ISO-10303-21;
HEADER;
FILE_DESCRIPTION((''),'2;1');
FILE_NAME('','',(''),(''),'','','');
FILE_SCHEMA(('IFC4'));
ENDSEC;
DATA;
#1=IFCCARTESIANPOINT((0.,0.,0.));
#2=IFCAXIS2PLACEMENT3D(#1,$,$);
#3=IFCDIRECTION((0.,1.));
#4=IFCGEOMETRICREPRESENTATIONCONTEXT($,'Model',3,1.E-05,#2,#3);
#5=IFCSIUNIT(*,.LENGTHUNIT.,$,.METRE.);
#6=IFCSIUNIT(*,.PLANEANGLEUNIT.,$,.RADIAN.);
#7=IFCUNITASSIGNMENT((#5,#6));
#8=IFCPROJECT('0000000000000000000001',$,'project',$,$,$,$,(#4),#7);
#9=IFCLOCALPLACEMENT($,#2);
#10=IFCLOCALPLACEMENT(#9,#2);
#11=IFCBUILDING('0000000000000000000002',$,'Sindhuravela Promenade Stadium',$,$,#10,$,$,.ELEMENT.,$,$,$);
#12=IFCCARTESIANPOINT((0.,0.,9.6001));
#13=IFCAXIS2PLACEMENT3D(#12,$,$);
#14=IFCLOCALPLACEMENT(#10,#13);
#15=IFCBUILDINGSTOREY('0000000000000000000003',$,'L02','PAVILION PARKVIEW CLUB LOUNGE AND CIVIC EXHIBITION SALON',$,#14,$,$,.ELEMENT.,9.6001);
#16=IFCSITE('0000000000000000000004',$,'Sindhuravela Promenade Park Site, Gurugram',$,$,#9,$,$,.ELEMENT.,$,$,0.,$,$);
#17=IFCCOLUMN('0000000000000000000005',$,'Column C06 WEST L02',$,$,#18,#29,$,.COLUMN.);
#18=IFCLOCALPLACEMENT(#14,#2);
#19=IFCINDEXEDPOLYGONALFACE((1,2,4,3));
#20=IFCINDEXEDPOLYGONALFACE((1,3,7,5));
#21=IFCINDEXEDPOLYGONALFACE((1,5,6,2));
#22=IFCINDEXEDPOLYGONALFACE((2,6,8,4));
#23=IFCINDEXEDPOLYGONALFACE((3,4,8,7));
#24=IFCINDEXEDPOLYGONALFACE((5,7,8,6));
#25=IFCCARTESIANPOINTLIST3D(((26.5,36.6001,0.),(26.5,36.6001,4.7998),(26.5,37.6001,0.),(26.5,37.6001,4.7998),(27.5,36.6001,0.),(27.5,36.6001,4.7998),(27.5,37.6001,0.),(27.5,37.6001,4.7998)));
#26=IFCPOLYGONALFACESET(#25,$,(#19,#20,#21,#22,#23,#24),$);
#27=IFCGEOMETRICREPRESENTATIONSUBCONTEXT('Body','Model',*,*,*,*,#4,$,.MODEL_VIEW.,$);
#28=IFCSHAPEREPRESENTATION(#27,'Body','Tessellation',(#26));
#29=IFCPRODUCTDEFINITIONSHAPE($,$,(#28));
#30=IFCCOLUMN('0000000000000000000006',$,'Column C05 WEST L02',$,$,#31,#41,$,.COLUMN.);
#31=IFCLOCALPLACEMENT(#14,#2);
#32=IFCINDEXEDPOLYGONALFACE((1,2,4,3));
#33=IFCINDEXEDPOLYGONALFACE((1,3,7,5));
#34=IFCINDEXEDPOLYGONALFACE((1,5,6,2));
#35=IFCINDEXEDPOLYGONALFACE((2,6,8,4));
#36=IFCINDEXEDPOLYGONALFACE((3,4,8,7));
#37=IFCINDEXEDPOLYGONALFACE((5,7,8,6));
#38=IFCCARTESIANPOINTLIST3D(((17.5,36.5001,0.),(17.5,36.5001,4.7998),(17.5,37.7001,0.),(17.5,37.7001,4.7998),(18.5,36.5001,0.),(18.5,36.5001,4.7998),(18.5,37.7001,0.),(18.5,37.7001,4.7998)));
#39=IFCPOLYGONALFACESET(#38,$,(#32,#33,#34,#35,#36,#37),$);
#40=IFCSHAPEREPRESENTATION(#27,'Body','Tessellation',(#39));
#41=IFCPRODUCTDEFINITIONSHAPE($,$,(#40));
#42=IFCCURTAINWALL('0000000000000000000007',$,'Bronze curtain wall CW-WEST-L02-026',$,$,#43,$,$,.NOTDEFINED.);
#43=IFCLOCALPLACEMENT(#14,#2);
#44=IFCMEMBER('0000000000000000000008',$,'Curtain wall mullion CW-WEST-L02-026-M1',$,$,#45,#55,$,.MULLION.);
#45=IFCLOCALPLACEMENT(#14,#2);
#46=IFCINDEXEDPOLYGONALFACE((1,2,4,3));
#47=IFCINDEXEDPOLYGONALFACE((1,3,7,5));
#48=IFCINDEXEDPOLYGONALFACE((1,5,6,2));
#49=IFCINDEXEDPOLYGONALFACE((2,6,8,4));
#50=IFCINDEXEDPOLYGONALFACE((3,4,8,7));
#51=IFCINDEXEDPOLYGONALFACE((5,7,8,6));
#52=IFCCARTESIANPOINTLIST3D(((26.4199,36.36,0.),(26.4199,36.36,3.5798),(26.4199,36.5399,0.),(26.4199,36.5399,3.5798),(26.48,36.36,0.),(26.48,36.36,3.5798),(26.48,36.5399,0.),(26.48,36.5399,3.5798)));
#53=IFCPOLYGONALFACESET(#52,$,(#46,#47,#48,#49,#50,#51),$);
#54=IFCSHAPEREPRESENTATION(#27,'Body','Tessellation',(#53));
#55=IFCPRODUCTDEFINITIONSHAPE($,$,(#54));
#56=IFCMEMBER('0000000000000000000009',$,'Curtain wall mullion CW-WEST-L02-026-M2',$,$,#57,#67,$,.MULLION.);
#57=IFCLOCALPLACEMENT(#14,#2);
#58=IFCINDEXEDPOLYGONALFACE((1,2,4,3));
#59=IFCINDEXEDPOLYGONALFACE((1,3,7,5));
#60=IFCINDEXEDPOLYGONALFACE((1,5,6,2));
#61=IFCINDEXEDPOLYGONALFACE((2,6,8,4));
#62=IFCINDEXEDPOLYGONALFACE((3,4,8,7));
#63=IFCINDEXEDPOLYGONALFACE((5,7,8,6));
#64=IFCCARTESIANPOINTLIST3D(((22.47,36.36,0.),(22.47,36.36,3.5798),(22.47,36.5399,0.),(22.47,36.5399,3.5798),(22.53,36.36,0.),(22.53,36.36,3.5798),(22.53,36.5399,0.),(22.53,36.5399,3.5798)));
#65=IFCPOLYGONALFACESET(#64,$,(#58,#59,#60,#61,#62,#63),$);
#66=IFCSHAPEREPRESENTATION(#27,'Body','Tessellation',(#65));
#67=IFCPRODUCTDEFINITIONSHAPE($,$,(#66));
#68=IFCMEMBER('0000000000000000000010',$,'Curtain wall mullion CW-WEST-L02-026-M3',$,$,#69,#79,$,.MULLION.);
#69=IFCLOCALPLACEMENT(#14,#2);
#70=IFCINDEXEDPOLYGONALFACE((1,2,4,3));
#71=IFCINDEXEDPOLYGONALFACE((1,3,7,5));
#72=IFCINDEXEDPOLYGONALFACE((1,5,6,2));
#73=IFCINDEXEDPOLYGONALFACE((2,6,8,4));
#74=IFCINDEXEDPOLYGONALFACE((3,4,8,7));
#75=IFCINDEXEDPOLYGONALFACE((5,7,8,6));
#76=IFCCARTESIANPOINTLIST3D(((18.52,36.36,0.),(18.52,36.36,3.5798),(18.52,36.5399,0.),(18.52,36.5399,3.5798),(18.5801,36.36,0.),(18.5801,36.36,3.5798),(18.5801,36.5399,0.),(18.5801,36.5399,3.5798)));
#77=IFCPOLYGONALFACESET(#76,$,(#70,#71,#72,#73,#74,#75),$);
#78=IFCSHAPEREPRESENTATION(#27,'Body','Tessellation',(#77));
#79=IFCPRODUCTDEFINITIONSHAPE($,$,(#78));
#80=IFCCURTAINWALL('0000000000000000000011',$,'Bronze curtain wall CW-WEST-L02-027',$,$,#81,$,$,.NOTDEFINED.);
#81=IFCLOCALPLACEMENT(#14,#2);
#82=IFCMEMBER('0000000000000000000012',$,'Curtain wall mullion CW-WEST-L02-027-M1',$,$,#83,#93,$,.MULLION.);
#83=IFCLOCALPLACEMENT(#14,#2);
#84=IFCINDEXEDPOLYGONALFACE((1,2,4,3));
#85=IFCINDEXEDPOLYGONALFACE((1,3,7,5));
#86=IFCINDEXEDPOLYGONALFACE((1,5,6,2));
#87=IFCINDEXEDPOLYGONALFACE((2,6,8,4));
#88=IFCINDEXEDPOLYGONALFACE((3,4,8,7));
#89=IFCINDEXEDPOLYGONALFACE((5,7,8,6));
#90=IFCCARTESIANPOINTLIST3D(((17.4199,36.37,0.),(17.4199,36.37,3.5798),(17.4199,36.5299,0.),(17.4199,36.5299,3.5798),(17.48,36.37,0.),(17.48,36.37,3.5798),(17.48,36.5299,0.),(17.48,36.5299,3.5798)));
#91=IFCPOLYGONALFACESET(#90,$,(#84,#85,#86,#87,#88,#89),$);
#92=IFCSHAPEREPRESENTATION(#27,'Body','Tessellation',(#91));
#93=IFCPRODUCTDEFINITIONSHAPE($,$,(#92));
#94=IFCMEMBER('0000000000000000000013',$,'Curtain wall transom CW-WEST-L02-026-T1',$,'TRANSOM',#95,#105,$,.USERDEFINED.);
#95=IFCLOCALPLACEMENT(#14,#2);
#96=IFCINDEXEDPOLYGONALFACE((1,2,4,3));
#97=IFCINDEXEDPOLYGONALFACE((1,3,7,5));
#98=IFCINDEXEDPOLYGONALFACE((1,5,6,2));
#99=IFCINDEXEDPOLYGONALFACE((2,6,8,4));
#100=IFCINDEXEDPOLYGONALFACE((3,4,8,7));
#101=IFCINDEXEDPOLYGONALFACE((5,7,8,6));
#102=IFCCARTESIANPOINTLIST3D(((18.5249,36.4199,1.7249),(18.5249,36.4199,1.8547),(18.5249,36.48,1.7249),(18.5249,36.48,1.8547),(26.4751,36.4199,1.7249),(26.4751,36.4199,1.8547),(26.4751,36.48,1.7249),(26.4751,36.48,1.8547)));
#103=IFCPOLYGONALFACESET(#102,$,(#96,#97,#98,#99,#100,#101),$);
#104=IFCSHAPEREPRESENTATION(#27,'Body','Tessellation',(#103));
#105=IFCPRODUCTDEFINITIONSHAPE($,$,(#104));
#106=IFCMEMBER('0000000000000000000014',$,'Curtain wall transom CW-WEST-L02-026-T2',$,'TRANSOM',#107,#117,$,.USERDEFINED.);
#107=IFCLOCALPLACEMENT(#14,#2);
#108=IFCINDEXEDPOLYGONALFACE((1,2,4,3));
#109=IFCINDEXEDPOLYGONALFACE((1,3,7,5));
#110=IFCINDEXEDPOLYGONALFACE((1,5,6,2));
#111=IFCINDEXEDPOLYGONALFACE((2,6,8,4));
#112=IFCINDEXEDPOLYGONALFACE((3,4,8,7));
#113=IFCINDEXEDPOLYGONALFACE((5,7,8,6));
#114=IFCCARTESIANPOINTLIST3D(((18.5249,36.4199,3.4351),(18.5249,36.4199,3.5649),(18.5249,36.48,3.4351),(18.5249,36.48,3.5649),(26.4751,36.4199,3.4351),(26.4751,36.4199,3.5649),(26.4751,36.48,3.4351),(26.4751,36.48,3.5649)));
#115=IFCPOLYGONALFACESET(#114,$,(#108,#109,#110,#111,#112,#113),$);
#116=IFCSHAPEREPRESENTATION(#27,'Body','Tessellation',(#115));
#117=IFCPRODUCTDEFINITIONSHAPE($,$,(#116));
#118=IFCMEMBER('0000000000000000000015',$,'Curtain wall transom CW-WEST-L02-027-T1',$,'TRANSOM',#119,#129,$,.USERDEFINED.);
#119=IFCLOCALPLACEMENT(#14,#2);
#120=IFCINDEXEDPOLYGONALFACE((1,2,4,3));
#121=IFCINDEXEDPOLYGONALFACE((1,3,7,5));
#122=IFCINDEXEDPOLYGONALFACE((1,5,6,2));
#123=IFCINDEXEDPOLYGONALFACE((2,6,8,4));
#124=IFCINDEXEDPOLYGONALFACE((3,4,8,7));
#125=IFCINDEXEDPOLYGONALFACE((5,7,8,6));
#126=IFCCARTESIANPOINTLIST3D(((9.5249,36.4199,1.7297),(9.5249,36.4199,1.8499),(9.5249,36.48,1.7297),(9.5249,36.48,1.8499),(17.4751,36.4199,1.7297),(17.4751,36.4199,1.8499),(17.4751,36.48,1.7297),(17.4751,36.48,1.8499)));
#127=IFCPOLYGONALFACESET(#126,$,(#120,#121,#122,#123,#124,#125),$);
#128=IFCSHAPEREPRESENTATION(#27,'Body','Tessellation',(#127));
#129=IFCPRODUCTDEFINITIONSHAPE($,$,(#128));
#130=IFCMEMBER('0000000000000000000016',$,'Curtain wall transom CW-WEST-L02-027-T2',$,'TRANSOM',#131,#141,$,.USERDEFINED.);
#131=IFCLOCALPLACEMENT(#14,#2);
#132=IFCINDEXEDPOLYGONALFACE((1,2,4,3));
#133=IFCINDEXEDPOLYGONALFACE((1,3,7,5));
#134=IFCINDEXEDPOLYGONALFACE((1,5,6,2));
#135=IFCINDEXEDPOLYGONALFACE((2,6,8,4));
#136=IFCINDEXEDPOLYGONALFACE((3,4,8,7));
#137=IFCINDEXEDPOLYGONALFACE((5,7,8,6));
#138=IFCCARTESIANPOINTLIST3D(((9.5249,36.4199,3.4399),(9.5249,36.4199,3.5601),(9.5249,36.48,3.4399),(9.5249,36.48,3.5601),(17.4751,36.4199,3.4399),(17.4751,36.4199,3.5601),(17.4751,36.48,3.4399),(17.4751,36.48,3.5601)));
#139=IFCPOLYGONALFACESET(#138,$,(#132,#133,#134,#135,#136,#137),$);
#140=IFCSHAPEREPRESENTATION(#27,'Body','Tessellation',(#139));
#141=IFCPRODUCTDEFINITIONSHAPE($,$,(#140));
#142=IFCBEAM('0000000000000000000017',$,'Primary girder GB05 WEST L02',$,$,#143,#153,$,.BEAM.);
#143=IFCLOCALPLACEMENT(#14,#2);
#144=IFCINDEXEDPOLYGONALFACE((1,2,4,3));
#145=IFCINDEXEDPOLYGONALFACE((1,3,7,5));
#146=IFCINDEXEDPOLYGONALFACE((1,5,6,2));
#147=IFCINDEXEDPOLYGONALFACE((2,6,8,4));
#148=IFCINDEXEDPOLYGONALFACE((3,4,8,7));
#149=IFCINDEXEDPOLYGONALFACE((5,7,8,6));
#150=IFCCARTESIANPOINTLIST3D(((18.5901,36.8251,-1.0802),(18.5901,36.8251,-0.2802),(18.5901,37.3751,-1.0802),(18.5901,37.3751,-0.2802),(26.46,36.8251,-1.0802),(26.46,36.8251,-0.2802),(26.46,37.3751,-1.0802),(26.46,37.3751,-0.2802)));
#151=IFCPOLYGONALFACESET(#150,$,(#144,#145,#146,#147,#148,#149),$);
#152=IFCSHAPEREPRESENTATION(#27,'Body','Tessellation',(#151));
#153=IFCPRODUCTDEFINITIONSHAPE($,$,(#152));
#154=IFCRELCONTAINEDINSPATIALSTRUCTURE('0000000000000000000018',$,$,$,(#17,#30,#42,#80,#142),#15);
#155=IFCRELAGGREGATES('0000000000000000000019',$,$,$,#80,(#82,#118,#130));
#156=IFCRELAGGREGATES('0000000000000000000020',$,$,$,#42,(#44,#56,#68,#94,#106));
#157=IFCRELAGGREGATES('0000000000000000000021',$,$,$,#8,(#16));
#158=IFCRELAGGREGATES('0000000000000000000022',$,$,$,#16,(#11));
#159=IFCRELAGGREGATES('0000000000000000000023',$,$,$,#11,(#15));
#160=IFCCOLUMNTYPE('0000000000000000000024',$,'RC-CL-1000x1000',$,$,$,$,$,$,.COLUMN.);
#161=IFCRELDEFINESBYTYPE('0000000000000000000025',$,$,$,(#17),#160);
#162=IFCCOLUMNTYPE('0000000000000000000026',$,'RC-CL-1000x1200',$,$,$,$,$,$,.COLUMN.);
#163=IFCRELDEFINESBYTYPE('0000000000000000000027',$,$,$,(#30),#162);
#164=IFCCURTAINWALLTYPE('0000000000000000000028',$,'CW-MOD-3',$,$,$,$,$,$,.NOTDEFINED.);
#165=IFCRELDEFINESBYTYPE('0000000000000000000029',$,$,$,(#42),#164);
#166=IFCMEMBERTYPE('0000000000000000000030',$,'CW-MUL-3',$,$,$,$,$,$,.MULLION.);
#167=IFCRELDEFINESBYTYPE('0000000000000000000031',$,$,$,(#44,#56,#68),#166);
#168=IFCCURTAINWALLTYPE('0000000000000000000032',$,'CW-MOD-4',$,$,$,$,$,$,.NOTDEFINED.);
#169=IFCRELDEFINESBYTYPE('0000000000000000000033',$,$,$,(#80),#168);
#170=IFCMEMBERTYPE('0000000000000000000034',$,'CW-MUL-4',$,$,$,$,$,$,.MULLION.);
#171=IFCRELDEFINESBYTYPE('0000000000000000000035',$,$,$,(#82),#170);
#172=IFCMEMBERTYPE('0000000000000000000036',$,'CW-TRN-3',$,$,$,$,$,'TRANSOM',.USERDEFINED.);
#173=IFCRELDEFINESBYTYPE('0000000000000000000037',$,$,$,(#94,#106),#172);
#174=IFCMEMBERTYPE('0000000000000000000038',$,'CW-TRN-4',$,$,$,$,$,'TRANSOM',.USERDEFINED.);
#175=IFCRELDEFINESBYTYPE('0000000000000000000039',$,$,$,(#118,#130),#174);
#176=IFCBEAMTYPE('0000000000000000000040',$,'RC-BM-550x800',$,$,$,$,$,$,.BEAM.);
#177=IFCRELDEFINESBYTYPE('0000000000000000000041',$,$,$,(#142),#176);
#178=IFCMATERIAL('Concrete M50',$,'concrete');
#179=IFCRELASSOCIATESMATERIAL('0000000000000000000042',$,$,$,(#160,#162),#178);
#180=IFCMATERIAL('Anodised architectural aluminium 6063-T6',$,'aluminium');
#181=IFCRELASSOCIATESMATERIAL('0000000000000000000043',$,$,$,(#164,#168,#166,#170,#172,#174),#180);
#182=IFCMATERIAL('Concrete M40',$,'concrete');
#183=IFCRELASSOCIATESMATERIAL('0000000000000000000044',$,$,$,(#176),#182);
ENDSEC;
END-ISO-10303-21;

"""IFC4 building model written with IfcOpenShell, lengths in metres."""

from ifc_helpers import new_model, si_unit, direction, frame, origin, origin_2d, place, context, subcontext, project, spatial, rectangle, extrude, material, material_profile, profile_set, type_object, element, aggregate, save


model = new_model("IFC4")

# Units and contexts
model_context = context("Model", 3, precision=1e-05, world=origin(), true_north=direction((0.0, 1.0)))
body_context = subcontext(model_context, "Body", "Model", "MODEL_VIEW")
ifc_project = project(units=[si_unit("LENGTHUNIT", "METRE"), si_unit("PLANEANGLEUNIT", "RADIAN")], contexts=[model_context])

# Site, building, storey
site_placement = place(None, origin())
site = spatial("IfcSite", under=ifc_project, at=site_placement, Name="Sindhuravela Promenade Park Site, Gurugram", CompositionType="ELEMENT", RefElevation=0.0)
building_placement = place(site_placement, origin())
building = spatial("IfcBuilding", under=site, at=building_placement, Name="Sindhuravela Promenade Stadium", CompositionType="ELEMENT")
storey_placement = place(building_placement, frame((0.0, 0.0, 9.6001)))
storey = spatial("IfcBuildingStorey", under=building, at=storey_placement, Name="L02", Description="PAVILION PARKVIEW CLUB LOUNGE AND CIVIC EXHIBITION SALON", CompositionType="ELEMENT", Elevation=9.6001)

# Columns
ifc_material_1 = material(Name="Concrete M50", Category="concrete")
ifc_material_profile_1 = material_profile(ifc_material_1, rectangle(XDim=1.0, YDim=1.0, at=origin_2d()), Name="RC 1000x1000")
ifc_profile_set_1 = profile_set([ifc_material_profile_1], Name="Concrete M50")
column_type_1 = type_object("IfcColumnType", Name="RC-CL-1000x1000", PredefinedType="COLUMN", material=ifc_profile_set_1)
column_1_placement = place(storey_placement, frame((27.0, 37.1001, 0.0), z_axis=(0.0, 0.0, 1.0), x_axis=(1.0, 0.0, 0.0)))
element("IfcColumn", 1, at=column_1_placement, inside=storey, type_object=column_type_1, Name="Column C06 WEST L02", PredefinedType="COLUMN", context=body_context, shape_type="SweptSolid", body=[
    extrude(rectangle(XDim=1.0, YDim=1.0, at=origin_2d()), origin(), (0.0, 0.0, 1.0), 4.7998),
])
ifc_material_profile_2 = material_profile(ifc_material_1, rectangle(XDim=1.0, YDim=1.2, at=origin_2d()), Name="RC 1000x1200")
ifc_profile_set_2 = profile_set([ifc_material_profile_2], Name="Concrete M50")
column_type_2 = type_object("IfcColumnType", Name="RC-CL-1000x1200", PredefinedType="COLUMN", material=ifc_profile_set_2)
column_2_placement = place(storey_placement, frame((18.0, 37.1001, 0.0), z_axis=(0.0, 0.0, 1.0), x_axis=(1.0, 0.0, 0.0)))
element("IfcColumn", 2, at=column_2_placement, inside=storey, type_object=column_type_2, Name="Column C05 WEST L02", PredefinedType="COLUMN", context=body_context, shape_type="SweptSolid", body=[
    extrude(rectangle(XDim=1.0, YDim=1.2, at=origin_2d()), origin(), (0.0, 0.0, 1.0), 4.7998),
])

# Curtain wall, members
ifc_material_2 = material(Name="Anodised architectural aluminium 6063-T6", Category="aluminium")
curtain_wall_type_1 = type_object("IfcCurtainWallType", Name="CW-MOD-3", PredefinedType="NOTDEFINED", material=ifc_material_2)
curtain_wall_1_placement = place(storey_placement, origin())
curtain_wall_1 = element("IfcCurtainWall", 3, at=curtain_wall_1_placement, inside=storey, type_object=curtain_wall_type_1, Name="Bronze curtain wall CW-WEST-L02-026", PredefinedType="NOTDEFINED")
ifc_material_profile_3 = material_profile(ifc_material_2, rectangle(XDim=0.0601, YDim=0.1799, at=origin_2d()), Name="ALU M60x180")
ifc_profile_set_3 = profile_set([ifc_material_profile_3], Name="Anodised architectural aluminium 6063-T6")
member_type_1 = type_object("IfcMemberType", Name="CW-MUL-3", PredefinedType="MULLION", material=ifc_profile_set_3)
member_1_placement = place(storey_placement, frame((26.45, 36.45, 0.0), z_axis=(0.0, 0.0, 1.0), x_axis=(1.0, 0.0, 0.0)))
member_1 = element("IfcMember", 4, at=member_1_placement, type_object=member_type_1, Name="Curtain wall mullion CW-WEST-L02-026-M1", PredefinedType="MULLION", context=body_context, shape_type="SweptSolid", body=[
    extrude(rectangle(XDim=0.0601, YDim=0.1799, at=origin_2d()), origin(), (0.0, 0.0, 1.0), 3.5798),
])
member_2_placement = place(storey_placement, frame((22.5, 36.45, 0.0), z_axis=(0.0, 0.0, 1.0), x_axis=(1.0, 0.0, 0.0)))
member_2 = element("IfcMember", 5, at=member_2_placement, type_object=member_type_1, Name="Curtain wall mullion CW-WEST-L02-026-M2", PredefinedType="MULLION", context=body_context, shape_type="SweptSolid", body=[
    extrude(rectangle(XDim=0.0601, YDim=0.1799, at=origin_2d()), origin(), (0.0, 0.0, 1.0), 3.5798),
])
member_3_placement = place(storey_placement, frame((18.55, 36.45, 0.0), z_axis=(0.0, 0.0, 1.0), x_axis=(1.0, 0.0, 0.0)))
member_3 = element("IfcMember", 6, at=member_3_placement, type_object=member_type_1, Name="Curtain wall mullion CW-WEST-L02-026-M3", PredefinedType="MULLION", context=body_context, shape_type="SweptSolid", body=[
    extrude(rectangle(XDim=0.0601, YDim=0.1799, at=origin_2d()), origin(), (0.0, 0.0, 1.0), 3.5798),
])

# Curtain wall, member
curtain_wall_type_2 = type_object("IfcCurtainWallType", Name="CW-MOD-4", PredefinedType="NOTDEFINED", material=ifc_material_2)
curtain_wall_2_placement = place(storey_placement, origin())
curtain_wall_2 = element("IfcCurtainWall", 7, at=curtain_wall_2_placement, inside=storey, type_object=curtain_wall_type_2, Name="Bronze curtain wall CW-WEST-L02-027", PredefinedType="NOTDEFINED")
ifc_material_profile_4 = material_profile(ifc_material_2, rectangle(XDim=0.0601, YDim=0.1599, at=origin_2d()), Name="ALU M60x160")
ifc_profile_set_4 = profile_set([ifc_material_profile_4], Name="Anodised architectural aluminium 6063-T6")
member_type_2 = type_object("IfcMemberType", Name="CW-MUL-4", PredefinedType="MULLION", material=ifc_profile_set_4)
member_4_placement = place(storey_placement, frame((17.45, 36.45, 0.0), z_axis=(0.0, 0.0, 1.0), x_axis=(1.0, 0.0, 0.0)))
member_4 = element("IfcMember", 8, at=member_4_placement, type_object=member_type_2, Name="Curtain wall mullion CW-WEST-L02-027-M1", PredefinedType="MULLION", context=body_context, shape_type="SweptSolid", body=[
    extrude(rectangle(XDim=0.0601, YDim=0.1599, at=origin_2d()), origin(), (0.0, 0.0, 1.0), 3.5798),
])

# Members
ifc_material_profile_5 = material_profile(ifc_material_2, rectangle(XDim=0.0601, YDim=0.1299, at=origin_2d()), Name="ALU T60x130")
ifc_profile_set_5 = profile_set([ifc_material_profile_5], Name="Anodised architectural aluminium 6063-T6")
member_type_3 = type_object("IfcMemberType", Name="CW-TRN-3", ElementType="TRANSOM", PredefinedType="USERDEFINED", material=ifc_profile_set_5)
member_5_placement = place(storey_placement, frame((26.4751, 36.45, 1.7898), z_axis=(-1.0, 0.0, 0.0), x_axis=(0.0, -1.0, 0.0)))
member_5 = element("IfcMember", 9, at=member_5_placement, type_object=member_type_3, Name="Curtain wall transom CW-WEST-L02-026-T1", ObjectType="TRANSOM", PredefinedType="USERDEFINED", context=body_context, shape_type="SweptSolid", body=[
    extrude(rectangle(XDim=0.0601, YDim=0.1299, at=origin_2d()), origin(), (0.0, 0.0, 1.0), 7.9502),
])
member_6_placement = place(storey_placement, frame((26.4751, 36.45, 3.5), z_axis=(-1.0, 0.0, 0.0), x_axis=(0.0, -1.0, 0.0)))
member_6 = element("IfcMember", 10, at=member_6_placement, type_object=member_type_3, Name="Curtain wall transom CW-WEST-L02-026-T2", ObjectType="TRANSOM", PredefinedType="USERDEFINED", context=body_context, shape_type="SweptSolid", body=[
    extrude(rectangle(XDim=0.0601, YDim=0.1299, at=origin_2d()), origin(), (0.0, 0.0, 1.0), 7.9502),
])
ifc_material_profile_6 = material_profile(ifc_material_2, rectangle(XDim=0.0601, YDim=0.1201, at=origin_2d()), Name="ALU T60x120")
ifc_profile_set_6 = profile_set([ifc_material_profile_6], Name="Anodised architectural aluminium 6063-T6")
member_type_4 = type_object("IfcMemberType", Name="CW-TRN-4", ElementType="TRANSOM", PredefinedType="USERDEFINED", material=ifc_profile_set_6)
member_7_placement = place(storey_placement, frame((17.4751, 36.45, 1.7898), z_axis=(-1.0, 0.0, 0.0), x_axis=(0.0, -1.0, 0.0)))
member_7 = element("IfcMember", 11, at=member_7_placement, type_object=member_type_4, Name="Curtain wall transom CW-WEST-L02-027-T1", ObjectType="TRANSOM", PredefinedType="USERDEFINED", context=body_context, shape_type="SweptSolid", body=[
    extrude(rectangle(XDim=0.0601, YDim=0.1201, at=origin_2d()), origin(), (0.0, 0.0, 1.0), 7.9502),
])
member_8_placement = place(storey_placement, frame((17.4751, 36.45, 3.5), z_axis=(-1.0, 0.0, 0.0), x_axis=(0.0, -1.0, 0.0)))
member_8 = element("IfcMember", 12, at=member_8_placement, type_object=member_type_4, Name="Curtain wall transom CW-WEST-L02-027-T2", ObjectType="TRANSOM", PredefinedType="USERDEFINED", context=body_context, shape_type="SweptSolid", body=[
    extrude(rectangle(XDim=0.0601, YDim=0.1201, at=origin_2d()), origin(), (0.0, 0.0, 1.0), 7.9502),
])
aggregate(curtain_wall_2, [member_4, member_7, member_8])

# Beam
ifc_material_3 = material(Name="Concrete M40", Category="concrete")
ifc_material_profile_7 = material_profile(ifc_material_3, rectangle(XDim=0.55, YDim=0.8, at=origin_2d()), Name="RC 550x800")
ifc_profile_set_7 = profile_set([ifc_material_profile_7], Name="Concrete M40")
beam_type_1 = type_object("IfcBeamType", Name="RC-BM-550x800", PredefinedType="BEAM", material=ifc_profile_set_7)
beam_1_placement = place(storey_placement, frame((18.5901, 37.1001, -0.6802), z_axis=(1.0, 0.0, 0.0), x_axis=(0.0, 1.0, 0.0)))
element("IfcBeam", 13, at=beam_1_placement, inside=storey, type_object=beam_type_1, Name="Primary girder GB05 WEST L02", PredefinedType="BEAM", context=body_context, shape_type="SweptSolid", body=[
    extrude(rectangle(XDim=0.55, YDim=0.8, at=origin_2d()), origin(), (0.0, 0.0, 1.0), 7.8699),
])

aggregate(curtain_wall_1, [member_1, member_2, member_3, member_5, member_6])

save(model, "model.ifc")
